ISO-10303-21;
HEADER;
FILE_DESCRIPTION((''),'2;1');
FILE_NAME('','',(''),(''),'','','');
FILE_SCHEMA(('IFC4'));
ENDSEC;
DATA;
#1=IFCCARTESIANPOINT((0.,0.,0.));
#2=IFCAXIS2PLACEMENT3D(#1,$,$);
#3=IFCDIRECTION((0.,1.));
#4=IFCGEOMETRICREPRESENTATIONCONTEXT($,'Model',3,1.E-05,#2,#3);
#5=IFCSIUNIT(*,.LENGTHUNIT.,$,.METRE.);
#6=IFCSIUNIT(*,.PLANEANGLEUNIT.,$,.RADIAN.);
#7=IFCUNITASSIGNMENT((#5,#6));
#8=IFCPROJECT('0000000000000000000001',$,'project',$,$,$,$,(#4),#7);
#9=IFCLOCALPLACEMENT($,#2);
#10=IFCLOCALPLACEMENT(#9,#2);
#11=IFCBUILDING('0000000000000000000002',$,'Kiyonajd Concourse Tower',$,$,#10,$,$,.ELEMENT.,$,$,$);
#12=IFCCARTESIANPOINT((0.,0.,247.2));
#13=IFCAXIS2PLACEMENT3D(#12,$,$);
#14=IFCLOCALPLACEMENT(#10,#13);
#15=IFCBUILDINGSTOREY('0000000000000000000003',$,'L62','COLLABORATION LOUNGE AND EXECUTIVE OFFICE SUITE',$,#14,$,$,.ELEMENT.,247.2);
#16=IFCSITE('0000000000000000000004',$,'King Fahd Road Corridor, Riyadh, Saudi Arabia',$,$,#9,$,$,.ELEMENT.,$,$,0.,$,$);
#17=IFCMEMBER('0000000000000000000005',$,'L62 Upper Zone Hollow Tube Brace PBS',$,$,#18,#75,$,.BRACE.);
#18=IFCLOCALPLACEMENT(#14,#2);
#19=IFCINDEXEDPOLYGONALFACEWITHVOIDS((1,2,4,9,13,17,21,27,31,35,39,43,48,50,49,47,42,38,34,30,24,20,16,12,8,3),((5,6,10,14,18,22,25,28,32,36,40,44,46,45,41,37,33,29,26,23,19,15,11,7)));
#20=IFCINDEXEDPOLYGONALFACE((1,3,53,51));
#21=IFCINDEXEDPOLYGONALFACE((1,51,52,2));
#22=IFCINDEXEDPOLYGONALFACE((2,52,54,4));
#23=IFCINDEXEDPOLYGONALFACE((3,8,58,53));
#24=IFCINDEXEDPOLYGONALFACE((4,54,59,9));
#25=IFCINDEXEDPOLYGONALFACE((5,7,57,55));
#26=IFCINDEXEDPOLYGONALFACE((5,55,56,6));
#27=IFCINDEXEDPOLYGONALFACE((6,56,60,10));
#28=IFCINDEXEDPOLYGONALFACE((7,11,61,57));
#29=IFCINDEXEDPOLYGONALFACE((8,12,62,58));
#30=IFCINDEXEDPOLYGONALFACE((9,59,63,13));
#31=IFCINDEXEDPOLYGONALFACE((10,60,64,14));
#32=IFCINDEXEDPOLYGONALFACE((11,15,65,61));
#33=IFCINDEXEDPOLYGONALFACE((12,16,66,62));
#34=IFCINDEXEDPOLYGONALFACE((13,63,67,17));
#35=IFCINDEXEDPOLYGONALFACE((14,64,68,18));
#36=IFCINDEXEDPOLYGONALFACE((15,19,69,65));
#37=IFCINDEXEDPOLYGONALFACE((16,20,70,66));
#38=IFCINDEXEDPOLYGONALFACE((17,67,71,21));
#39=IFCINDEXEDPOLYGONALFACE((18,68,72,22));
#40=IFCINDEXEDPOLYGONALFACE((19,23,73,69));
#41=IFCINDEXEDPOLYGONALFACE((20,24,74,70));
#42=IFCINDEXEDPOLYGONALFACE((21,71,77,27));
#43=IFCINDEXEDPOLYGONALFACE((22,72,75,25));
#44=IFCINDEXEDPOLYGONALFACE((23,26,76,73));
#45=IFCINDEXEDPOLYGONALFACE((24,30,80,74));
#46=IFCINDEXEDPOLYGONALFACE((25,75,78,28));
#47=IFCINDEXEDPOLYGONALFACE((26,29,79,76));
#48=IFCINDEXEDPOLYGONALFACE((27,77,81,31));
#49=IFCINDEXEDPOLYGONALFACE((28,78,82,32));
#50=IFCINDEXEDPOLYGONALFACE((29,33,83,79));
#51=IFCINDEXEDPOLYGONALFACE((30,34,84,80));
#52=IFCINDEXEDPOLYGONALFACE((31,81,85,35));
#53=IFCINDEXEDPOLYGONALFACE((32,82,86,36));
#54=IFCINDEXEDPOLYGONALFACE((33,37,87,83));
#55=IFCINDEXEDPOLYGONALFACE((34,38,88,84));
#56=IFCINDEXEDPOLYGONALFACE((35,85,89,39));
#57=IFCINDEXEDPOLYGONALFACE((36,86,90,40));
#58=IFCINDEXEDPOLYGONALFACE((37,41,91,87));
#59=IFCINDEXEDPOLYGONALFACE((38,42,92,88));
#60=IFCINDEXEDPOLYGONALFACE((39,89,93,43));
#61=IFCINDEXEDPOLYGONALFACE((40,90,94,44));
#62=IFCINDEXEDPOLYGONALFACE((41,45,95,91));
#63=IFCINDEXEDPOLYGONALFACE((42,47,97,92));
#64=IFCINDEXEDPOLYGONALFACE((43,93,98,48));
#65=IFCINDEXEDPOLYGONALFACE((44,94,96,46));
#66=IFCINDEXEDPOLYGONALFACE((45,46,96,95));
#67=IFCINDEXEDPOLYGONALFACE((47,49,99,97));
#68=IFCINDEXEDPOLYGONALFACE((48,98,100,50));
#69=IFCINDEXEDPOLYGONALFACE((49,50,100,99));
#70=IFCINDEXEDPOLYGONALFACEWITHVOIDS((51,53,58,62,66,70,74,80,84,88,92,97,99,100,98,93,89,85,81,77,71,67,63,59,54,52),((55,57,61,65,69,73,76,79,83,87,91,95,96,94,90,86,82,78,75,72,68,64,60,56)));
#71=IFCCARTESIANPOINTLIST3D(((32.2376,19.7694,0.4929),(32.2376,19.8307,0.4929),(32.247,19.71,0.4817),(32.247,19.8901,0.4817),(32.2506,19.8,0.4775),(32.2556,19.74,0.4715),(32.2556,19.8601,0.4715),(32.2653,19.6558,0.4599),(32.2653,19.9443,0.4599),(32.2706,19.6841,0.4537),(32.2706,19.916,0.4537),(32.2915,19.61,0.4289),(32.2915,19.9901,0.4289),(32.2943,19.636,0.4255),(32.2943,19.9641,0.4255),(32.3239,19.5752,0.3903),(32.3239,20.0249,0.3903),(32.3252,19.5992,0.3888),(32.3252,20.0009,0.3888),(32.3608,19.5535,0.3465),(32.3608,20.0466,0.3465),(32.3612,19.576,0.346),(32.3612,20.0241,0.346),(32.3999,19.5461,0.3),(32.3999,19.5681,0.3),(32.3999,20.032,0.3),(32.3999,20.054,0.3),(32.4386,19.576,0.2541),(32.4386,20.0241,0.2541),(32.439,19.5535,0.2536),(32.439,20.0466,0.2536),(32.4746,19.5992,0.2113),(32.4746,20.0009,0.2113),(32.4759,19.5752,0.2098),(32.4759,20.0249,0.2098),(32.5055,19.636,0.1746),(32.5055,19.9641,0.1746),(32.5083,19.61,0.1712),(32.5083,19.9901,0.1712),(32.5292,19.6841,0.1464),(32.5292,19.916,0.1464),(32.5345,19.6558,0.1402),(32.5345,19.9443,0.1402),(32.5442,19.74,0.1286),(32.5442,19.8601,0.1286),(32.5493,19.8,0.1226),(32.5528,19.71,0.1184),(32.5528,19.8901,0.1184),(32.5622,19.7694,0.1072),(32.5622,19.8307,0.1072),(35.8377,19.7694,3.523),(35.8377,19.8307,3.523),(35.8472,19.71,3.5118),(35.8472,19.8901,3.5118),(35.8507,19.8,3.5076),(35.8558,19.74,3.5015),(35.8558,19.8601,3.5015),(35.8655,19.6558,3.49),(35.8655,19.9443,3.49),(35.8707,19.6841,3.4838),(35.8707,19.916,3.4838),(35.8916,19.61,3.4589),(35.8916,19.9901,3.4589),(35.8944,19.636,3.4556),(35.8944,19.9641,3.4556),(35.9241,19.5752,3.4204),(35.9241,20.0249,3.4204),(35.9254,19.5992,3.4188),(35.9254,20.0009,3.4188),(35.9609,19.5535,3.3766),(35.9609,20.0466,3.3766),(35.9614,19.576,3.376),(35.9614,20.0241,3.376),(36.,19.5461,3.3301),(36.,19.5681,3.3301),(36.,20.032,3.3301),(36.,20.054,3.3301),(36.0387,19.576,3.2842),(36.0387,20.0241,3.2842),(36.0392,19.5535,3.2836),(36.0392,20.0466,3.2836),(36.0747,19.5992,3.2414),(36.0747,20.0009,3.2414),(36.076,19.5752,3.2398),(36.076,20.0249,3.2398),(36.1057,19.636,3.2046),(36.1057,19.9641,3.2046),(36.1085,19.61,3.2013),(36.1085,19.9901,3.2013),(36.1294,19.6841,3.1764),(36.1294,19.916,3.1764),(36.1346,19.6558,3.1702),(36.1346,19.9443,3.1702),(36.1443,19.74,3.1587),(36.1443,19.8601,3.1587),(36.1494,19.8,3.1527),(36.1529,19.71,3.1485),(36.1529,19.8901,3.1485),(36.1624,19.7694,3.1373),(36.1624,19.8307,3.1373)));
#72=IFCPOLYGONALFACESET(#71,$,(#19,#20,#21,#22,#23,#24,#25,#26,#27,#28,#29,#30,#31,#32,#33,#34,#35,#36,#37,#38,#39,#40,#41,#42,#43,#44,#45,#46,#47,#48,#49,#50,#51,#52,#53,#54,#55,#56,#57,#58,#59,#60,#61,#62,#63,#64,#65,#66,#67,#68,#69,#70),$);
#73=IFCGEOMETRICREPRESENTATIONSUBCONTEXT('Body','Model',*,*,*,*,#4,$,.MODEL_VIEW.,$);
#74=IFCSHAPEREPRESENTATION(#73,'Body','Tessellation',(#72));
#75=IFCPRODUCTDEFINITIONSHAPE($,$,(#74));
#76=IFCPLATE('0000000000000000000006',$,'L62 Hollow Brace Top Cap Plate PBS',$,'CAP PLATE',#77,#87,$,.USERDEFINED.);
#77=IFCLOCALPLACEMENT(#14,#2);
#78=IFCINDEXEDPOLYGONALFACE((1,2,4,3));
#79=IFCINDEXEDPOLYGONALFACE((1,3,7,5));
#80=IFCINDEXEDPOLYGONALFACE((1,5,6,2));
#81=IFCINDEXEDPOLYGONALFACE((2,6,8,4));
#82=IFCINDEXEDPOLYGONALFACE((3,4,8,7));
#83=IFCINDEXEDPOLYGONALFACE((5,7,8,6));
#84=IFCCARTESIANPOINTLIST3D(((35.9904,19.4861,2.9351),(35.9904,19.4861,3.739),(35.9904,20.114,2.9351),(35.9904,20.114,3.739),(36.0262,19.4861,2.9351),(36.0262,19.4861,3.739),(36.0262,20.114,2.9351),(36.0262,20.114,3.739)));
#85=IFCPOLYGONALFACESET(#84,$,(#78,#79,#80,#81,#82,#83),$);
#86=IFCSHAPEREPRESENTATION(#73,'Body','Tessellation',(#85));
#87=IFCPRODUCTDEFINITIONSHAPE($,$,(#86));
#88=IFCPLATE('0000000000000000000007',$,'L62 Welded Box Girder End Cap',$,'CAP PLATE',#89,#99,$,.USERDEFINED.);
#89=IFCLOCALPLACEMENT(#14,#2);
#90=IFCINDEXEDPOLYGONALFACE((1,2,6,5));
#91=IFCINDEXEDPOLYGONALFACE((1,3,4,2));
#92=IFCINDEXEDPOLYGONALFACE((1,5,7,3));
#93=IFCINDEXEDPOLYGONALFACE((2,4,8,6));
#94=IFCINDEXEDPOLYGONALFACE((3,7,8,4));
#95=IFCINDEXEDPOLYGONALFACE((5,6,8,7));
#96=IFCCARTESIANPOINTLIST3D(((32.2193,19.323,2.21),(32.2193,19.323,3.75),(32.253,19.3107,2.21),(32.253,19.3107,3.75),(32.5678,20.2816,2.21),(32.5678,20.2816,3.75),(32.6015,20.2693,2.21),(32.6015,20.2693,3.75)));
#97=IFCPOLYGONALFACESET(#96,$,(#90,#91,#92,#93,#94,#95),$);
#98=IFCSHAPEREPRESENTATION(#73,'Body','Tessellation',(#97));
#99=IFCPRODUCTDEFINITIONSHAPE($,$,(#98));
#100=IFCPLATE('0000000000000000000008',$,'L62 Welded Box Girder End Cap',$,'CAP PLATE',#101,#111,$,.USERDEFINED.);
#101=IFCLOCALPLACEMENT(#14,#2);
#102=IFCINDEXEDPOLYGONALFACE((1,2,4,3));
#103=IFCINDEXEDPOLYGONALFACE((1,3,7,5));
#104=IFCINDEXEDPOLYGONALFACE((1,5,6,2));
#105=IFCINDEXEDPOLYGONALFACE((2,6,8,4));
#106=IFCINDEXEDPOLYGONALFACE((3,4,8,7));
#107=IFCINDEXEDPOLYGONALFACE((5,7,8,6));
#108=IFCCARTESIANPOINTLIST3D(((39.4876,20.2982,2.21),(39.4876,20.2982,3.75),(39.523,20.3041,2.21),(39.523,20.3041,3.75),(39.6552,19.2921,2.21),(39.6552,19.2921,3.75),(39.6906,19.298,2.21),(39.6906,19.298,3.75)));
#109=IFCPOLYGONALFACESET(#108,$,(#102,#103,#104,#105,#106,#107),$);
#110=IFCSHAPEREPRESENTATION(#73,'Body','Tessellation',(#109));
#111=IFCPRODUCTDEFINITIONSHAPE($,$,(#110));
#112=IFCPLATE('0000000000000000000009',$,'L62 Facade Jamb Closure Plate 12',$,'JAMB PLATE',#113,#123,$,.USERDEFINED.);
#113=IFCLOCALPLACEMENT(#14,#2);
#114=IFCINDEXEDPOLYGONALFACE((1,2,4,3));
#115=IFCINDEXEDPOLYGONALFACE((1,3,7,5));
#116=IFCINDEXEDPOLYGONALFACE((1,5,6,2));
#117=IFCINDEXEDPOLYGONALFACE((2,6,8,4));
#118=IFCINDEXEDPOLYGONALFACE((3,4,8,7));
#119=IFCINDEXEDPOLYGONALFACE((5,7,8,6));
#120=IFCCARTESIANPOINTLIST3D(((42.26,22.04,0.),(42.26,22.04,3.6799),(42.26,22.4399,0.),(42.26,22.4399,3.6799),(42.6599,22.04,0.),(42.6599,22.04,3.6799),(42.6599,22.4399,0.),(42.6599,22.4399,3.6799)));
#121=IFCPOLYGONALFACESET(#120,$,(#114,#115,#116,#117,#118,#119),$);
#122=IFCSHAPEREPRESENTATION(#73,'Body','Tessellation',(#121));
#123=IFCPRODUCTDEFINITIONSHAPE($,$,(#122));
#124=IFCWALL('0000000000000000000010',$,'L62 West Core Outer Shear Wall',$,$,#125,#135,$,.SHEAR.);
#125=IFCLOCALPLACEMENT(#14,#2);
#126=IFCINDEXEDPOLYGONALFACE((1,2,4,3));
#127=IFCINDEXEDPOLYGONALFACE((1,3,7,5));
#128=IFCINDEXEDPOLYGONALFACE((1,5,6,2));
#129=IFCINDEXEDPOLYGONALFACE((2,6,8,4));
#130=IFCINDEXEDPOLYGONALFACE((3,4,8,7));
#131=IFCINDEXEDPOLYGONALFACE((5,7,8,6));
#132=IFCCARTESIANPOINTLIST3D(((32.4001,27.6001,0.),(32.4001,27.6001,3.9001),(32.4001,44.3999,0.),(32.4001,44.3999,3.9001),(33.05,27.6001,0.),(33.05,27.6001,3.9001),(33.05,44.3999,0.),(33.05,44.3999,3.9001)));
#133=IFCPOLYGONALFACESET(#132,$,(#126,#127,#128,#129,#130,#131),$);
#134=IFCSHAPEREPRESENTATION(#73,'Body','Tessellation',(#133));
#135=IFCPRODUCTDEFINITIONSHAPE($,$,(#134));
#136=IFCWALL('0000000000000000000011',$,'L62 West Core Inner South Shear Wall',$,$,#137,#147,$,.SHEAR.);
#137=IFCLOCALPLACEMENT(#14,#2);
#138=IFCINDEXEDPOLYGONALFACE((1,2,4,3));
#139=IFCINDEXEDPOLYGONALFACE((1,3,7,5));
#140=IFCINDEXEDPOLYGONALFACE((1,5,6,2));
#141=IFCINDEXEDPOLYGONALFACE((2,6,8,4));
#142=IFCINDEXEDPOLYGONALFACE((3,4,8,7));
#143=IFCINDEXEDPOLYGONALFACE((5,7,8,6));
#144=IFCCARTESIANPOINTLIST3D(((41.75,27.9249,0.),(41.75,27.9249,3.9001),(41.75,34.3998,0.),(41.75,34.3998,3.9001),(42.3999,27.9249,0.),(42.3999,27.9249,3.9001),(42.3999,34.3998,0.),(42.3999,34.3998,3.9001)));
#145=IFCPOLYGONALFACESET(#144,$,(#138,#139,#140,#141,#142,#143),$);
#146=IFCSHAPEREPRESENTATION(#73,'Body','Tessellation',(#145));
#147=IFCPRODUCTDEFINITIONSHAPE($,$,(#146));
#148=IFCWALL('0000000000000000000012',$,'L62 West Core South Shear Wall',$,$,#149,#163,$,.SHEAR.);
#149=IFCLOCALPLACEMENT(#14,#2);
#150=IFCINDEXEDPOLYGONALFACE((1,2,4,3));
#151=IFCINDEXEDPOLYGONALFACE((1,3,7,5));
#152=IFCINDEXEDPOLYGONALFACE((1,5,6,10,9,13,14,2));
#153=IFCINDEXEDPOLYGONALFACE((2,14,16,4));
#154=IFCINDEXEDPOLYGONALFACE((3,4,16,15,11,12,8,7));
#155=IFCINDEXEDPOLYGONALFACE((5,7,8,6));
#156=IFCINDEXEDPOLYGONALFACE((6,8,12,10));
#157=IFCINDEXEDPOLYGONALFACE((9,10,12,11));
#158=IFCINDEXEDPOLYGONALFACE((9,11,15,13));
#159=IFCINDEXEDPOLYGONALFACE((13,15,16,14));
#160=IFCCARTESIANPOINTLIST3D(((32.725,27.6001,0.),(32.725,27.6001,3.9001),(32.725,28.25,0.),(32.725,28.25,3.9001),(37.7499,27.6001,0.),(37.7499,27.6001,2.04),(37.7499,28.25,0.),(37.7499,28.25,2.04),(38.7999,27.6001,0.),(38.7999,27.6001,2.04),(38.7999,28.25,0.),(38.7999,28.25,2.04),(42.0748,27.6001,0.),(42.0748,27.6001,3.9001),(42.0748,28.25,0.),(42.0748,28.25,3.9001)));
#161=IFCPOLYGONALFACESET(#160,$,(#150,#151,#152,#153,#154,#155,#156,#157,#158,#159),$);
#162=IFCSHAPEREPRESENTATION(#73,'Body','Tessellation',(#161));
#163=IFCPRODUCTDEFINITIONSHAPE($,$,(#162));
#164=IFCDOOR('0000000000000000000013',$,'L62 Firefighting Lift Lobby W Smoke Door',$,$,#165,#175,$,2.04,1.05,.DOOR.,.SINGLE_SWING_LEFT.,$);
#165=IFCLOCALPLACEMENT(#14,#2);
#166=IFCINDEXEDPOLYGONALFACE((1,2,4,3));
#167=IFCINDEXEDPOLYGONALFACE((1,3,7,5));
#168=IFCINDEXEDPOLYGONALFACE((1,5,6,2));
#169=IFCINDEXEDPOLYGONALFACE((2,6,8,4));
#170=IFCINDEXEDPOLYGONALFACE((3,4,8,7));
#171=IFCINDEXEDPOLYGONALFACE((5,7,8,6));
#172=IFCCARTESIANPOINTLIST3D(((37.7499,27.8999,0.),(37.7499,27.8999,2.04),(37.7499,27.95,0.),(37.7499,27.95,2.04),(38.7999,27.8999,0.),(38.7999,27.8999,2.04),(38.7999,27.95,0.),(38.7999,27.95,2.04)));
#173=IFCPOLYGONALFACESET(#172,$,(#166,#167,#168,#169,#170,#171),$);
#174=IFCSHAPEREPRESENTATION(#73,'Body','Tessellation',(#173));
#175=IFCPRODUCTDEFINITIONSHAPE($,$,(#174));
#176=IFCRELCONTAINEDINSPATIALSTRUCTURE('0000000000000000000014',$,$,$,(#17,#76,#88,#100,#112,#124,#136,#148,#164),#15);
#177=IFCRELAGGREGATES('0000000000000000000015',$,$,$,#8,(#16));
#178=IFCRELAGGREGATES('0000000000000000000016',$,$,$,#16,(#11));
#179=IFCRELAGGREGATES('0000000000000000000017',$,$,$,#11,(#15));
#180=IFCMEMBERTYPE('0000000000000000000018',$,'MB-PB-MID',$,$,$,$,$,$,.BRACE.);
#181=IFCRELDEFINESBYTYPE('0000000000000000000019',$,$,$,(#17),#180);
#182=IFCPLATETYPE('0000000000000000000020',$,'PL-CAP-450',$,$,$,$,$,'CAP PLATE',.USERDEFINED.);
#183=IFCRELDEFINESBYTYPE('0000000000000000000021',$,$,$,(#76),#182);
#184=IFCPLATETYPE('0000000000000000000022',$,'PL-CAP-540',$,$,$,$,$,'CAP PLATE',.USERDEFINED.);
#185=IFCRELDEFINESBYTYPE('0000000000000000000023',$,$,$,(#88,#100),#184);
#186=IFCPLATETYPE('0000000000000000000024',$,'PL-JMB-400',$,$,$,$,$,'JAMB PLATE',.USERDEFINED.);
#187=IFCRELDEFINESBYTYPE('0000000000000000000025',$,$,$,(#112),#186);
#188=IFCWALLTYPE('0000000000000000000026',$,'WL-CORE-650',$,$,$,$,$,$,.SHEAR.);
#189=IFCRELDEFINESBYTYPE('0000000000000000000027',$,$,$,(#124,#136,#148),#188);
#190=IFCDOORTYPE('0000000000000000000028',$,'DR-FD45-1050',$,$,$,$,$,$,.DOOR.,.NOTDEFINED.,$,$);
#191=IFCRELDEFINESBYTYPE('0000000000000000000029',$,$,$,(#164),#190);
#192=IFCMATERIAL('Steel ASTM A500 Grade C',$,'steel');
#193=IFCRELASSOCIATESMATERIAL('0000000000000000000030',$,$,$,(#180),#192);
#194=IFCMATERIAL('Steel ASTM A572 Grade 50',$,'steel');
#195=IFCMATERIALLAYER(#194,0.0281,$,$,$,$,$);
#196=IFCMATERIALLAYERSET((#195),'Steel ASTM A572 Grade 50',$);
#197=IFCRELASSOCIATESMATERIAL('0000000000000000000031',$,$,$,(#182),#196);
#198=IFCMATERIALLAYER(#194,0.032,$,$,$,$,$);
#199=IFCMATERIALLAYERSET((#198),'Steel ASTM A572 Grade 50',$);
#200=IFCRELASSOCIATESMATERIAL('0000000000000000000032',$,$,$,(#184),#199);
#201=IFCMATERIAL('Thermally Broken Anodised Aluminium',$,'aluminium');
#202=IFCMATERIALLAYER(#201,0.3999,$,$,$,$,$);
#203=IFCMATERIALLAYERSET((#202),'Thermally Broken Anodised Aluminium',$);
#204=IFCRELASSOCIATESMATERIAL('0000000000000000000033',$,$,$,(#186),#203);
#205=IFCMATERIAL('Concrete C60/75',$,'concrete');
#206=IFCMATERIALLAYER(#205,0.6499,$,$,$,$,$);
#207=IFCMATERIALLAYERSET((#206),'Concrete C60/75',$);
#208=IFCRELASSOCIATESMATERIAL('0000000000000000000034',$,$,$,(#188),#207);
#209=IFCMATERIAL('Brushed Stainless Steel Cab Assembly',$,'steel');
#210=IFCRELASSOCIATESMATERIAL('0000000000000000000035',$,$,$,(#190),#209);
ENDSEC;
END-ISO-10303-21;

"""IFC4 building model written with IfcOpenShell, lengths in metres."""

from ifc_helpers import new_model, si_unit, direction, frame, frame_2d, origin, origin_2d, place, context, subcontext, project, spatial, rectangle, hollow_circle, extrude, material, layer, layer_set, material_profile, profile_set, type_object, element, fill, save


model = new_model("IFC4")

# Units and contexts
model_context = context("Model", 3, precision=1e-05, world=origin(), true_north=direction((0.0, 1.0)))
body_context = subcontext(model_context, "Body", "Model", "MODEL_VIEW")
ifc_project = project(units=[si_unit("LENGTHUNIT", "METRE"), si_unit("PLANEANGLEUNIT", "RADIAN")], contexts=[model_context])

# Site, building, storey
site_placement = place(None, origin())
site = spatial("IfcSite", under=ifc_project, at=site_placement, Name="King Fahd Road Corridor, Riyadh, Saudi Arabia", CompositionType="ELEMENT", RefElevation=0.0)
building_placement = place(site_placement, origin())
building = spatial("IfcBuilding", under=site, at=building_placement, Name="Kiyonajd Concourse Tower", CompositionType="ELEMENT")
storey_placement = place(building_placement, frame((0.0, 0.0, 247.2)))
storey = spatial("IfcBuildingStorey", under=building, at=storey_placement, Name="L62", Description="COLLABORATION LOUNGE AND EXECUTIVE OFFICE SUITE", CompositionType="ELEMENT", Elevation=247.2)

# Shared definitions
ifc_material_1 = material(Name="Concrete C60/75", Category="concrete")

# Shared definitions
ifc_material_2 = material(Name="Steel ASTM A572 Grade 50", Category="steel")

# Member
ifc_material_3 = material(Name="Steel ASTM A500 Grade C", Category="steel")
ifc_material_profile_1 = material_profile(ifc_material_3, hollow_circle(Radius=0.2539, WallThickness=0.022, at=origin_2d()), Name="CHS-508x22")
ifc_profile_set_1 = profile_set([ifc_material_profile_1], Name="Steel ASTM A500 Grade C")
member_type = type_object("IfcMemberType", Name="MB-PB-MID", PredefinedType="BRACE", material=ifc_profile_set_1)
member_placement = place(storey_placement, frame((32.3999, 19.8, 0.3), z_axis=(0.765082, 0.0, 0.643933), x_axis=(0.0, 1.0, 0.0)))
element("IfcMember", 1, at=member_placement, inside=storey, type_object=member_type, Name="L62 Upper Zone Hollow Tube Brace PBS", PredefinedType="BRACE", context=body_context, shape_type="SweptSolid", body=[
    extrude(hollow_circle(Radius=0.2539, WallThickness=0.022, at=origin_2d()), origin(), (0.0, 0.0, 1.0), 4.7056),
])

# Plates
ifc_layer_1 = layer(ifc_material_2, 0.0281)
ifc_layer_set_1 = layer_set([ifc_layer_1], Name="Steel ASTM A572 Grade 50")
plate_type_1 = type_object("IfcPlateType", Name="PL-CAP-450", ElementType="CAP PLATE", PredefinedType="USERDEFINED", material=ifc_layer_set_1)
plate_1_placement = place(storey_placement, frame((36.0083, 19.8, 2.9351), z_axis=(0.0, 0.0, 1.0), x_axis=(1.0, 0.0, 0.0)))
element("IfcPlate", 2, at=plate_1_placement, inside=storey, type_object=plate_type_1, Name="L62 Hollow Brace Top Cap Plate PBS", ObjectType="CAP PLATE", PredefinedType="USERDEFINED", context=body_context, shape_type="SweptSolid", body=[
    extrude(rectangle(XDim=0.0359, YDim=0.6279, at=origin_2d()), origin(), (0.0, 0.0, 1.0), 0.804),
])
ifc_layer_2 = layer(ifc_material_2, 0.032)
ifc_layer_set_2 = layer_set([ifc_layer_2], Name="Steel ASTM A572 Grade 50")
plate_type_2 = type_object("IfcPlateType", Name="PL-CAP-540", ElementType="CAP PLATE", PredefinedType="USERDEFINED", material=ifc_layer_set_2)
for number, where, z_axis, x_axis, name in (
    (3, (32.4104, 19.7961, 2.21), (0.0, 0.0, 1.0), (0.939812, -0.341692, 0.0), "L62 Welded Box Girder End Cap"),
    (4, (39.5891, 19.7981, 2.21), (0.0, 0.0, 1.0), (-0.986401, -0.164359, 0.0), "L62 Welded Box Girder End Cap"),
):
    element("IfcPlate", number, at=place(storey_placement, frame(where, z_axis=z_axis, x_axis=x_axis)), inside=storey, type_object=plate_type_2, Name=name, ObjectType="CAP PLATE", PredefinedType="USERDEFINED", context=body_context, shape_type="SweptSolid", body=[
        extrude(rectangle(XDim=0.0359, YDim=1.02, at=origin_2d()), origin(), (0.0, 0.0, 1.0), 1.54),
    ])
ifc_material_4 = material(Name="Thermally Broken Anodised Aluminium", Category="aluminium")
ifc_layer_3 = layer(ifc_material_4, 0.3999)
ifc_layer_set_3 = layer_set([ifc_layer_3], Name="Thermally Broken Anodised Aluminium")
plate_type_3 = type_object("IfcPlateType", Name="PL-JMB-400", ElementType="JAMB PLATE", PredefinedType="USERDEFINED", material=ifc_layer_set_3)
plate_2_placement = place(storey_placement, frame((42.46, 22.24, 0.0), z_axis=(0.0, 0.0, 1.0), x_axis=(1.0, 0.0, 0.0)))
element("IfcPlate", 5, at=plate_2_placement, inside=storey, type_object=plate_type_3, Name="L62 Facade Jamb Closure Plate 12", ObjectType="JAMB PLATE", PredefinedType="USERDEFINED", context=body_context, shape_type="SweptSolid", body=[
    extrude(rectangle(XDim=0.3999, YDim=0.3999, at=origin_2d()), origin(), (0.0, 0.0, 1.0), 3.6799),
])

# Walls
ifc_layer_4 = layer(ifc_material_1, 0.6499)
ifc_layer_set_4 = layer_set([ifc_layer_4], Name="Concrete C60/75")
wall_type_1 = type_object("IfcWallType", Name="WL-CORE-650", PredefinedType="SHEAR", material=ifc_layer_set_4)
wall_1_placement = place(storey_placement, frame((32.7251, 27.6001, 0.0), z_axis=(0.0, 0.0, 1.0), x_axis=(0.0, 1.0, 0.0)))
element("IfcWall", 6, at=wall_1_placement, inside=storey, type_object=wall_type_1, Name="L62 West Core Outer Shear Wall", PredefinedType="SHEAR", context=body_context, shape_type="SweptSolid", body=[
    extrude(rectangle(XDim=16.7998, YDim=0.6499, at=frame_2d((8.3999, 0.0))), origin(), (0.0, 0.0, 1.0), 3.9001),
])
wall_2_placement = place(storey_placement, frame((42.075, 27.925, 0.0), z_axis=(0.0, 0.0, 1.0), x_axis=(0.0, 1.0, 0.0)))
element("IfcWall", 7, at=wall_2_placement, inside=storey, type_object=wall_type_1, Name="L62 West Core Inner South Shear Wall", PredefinedType="SHEAR", context=body_context, shape_type="SweptSolid", body=[
    extrude(rectangle(XDim=6.4749, YDim=0.6499, at=frame_2d((3.2373, 0.0))), origin(), (0.0, 0.0, 1.0), 3.9001),
])

# Wall, opening, door
wall_3_placement = place(storey_placement, frame((32.7251, 27.925, 0.0), z_axis=(0.0, 0.0, 1.0), x_axis=(1.0, 0.0, 0.0)))
wall_3 = element("IfcWall", 8, at=wall_3_placement, inside=storey, type_object=wall_type_1, Name="L62 West Core South Shear Wall", PredefinedType="SHEAR", context=body_context, shape_type="SweptSolid", body=[
    extrude(rectangle(XDim=9.3499, YDim=0.6499, at=frame_2d((4.6748, 0.0))), origin(), (0.0, 0.0, 1.0), 3.9001),
])
opening_placement = place(wall_3_placement, frame((5.0249, 0.0, 0.0)))
opening = element("IfcOpeningElement", 9, at=opening_placement, cuts=wall_3, PredefinedType="OPENING", context=body_context, shape_type="SweptSolid", body=[
    extrude(rectangle(XDim=1.05, YDim=2.04, at=frame_2d((0.5249, 1.02))), frame((0.0, 0.335, 0.0), z_axis=(0.0, -1.0, 0.0), x_axis=(1.0, 0.0, 0.0)), (0.0, 0.0, 1.0), 0.6699),
])
ifc_material_5 = material(Name="Brushed Stainless Steel Cab Assembly", Category="steel")
door_type = type_object("IfcDoorType", Name="DR-FD45-1050", OperationType="NOTDEFINED", PredefinedType="DOOR", material=ifc_material_5)
door_placement = place(opening_placement, origin())
door = element("IfcDoor", 10, at=door_placement, inside=storey, type_object=door_type, Name="L62 Firefighting Lift Lobby W Smoke Door", OperationType="SINGLE_SWING_LEFT", OverallHeight=2.04, OverallWidth=1.05, PredefinedType="DOOR", context=body_context, shape_type="SweptSolid", body=[
    extrude(rectangle(XDim=1.05, YDim=2.04, at=frame_2d((0.5249, 1.02))), frame((0.0, 0.0249, 0.0), z_axis=(0.0, -1.0, 0.0), x_axis=(1.0, 0.0, 0.0)), (0.0, 0.0, 1.0), 0.05),
])
fill(opening, door)

save(model, "model.ifc")
